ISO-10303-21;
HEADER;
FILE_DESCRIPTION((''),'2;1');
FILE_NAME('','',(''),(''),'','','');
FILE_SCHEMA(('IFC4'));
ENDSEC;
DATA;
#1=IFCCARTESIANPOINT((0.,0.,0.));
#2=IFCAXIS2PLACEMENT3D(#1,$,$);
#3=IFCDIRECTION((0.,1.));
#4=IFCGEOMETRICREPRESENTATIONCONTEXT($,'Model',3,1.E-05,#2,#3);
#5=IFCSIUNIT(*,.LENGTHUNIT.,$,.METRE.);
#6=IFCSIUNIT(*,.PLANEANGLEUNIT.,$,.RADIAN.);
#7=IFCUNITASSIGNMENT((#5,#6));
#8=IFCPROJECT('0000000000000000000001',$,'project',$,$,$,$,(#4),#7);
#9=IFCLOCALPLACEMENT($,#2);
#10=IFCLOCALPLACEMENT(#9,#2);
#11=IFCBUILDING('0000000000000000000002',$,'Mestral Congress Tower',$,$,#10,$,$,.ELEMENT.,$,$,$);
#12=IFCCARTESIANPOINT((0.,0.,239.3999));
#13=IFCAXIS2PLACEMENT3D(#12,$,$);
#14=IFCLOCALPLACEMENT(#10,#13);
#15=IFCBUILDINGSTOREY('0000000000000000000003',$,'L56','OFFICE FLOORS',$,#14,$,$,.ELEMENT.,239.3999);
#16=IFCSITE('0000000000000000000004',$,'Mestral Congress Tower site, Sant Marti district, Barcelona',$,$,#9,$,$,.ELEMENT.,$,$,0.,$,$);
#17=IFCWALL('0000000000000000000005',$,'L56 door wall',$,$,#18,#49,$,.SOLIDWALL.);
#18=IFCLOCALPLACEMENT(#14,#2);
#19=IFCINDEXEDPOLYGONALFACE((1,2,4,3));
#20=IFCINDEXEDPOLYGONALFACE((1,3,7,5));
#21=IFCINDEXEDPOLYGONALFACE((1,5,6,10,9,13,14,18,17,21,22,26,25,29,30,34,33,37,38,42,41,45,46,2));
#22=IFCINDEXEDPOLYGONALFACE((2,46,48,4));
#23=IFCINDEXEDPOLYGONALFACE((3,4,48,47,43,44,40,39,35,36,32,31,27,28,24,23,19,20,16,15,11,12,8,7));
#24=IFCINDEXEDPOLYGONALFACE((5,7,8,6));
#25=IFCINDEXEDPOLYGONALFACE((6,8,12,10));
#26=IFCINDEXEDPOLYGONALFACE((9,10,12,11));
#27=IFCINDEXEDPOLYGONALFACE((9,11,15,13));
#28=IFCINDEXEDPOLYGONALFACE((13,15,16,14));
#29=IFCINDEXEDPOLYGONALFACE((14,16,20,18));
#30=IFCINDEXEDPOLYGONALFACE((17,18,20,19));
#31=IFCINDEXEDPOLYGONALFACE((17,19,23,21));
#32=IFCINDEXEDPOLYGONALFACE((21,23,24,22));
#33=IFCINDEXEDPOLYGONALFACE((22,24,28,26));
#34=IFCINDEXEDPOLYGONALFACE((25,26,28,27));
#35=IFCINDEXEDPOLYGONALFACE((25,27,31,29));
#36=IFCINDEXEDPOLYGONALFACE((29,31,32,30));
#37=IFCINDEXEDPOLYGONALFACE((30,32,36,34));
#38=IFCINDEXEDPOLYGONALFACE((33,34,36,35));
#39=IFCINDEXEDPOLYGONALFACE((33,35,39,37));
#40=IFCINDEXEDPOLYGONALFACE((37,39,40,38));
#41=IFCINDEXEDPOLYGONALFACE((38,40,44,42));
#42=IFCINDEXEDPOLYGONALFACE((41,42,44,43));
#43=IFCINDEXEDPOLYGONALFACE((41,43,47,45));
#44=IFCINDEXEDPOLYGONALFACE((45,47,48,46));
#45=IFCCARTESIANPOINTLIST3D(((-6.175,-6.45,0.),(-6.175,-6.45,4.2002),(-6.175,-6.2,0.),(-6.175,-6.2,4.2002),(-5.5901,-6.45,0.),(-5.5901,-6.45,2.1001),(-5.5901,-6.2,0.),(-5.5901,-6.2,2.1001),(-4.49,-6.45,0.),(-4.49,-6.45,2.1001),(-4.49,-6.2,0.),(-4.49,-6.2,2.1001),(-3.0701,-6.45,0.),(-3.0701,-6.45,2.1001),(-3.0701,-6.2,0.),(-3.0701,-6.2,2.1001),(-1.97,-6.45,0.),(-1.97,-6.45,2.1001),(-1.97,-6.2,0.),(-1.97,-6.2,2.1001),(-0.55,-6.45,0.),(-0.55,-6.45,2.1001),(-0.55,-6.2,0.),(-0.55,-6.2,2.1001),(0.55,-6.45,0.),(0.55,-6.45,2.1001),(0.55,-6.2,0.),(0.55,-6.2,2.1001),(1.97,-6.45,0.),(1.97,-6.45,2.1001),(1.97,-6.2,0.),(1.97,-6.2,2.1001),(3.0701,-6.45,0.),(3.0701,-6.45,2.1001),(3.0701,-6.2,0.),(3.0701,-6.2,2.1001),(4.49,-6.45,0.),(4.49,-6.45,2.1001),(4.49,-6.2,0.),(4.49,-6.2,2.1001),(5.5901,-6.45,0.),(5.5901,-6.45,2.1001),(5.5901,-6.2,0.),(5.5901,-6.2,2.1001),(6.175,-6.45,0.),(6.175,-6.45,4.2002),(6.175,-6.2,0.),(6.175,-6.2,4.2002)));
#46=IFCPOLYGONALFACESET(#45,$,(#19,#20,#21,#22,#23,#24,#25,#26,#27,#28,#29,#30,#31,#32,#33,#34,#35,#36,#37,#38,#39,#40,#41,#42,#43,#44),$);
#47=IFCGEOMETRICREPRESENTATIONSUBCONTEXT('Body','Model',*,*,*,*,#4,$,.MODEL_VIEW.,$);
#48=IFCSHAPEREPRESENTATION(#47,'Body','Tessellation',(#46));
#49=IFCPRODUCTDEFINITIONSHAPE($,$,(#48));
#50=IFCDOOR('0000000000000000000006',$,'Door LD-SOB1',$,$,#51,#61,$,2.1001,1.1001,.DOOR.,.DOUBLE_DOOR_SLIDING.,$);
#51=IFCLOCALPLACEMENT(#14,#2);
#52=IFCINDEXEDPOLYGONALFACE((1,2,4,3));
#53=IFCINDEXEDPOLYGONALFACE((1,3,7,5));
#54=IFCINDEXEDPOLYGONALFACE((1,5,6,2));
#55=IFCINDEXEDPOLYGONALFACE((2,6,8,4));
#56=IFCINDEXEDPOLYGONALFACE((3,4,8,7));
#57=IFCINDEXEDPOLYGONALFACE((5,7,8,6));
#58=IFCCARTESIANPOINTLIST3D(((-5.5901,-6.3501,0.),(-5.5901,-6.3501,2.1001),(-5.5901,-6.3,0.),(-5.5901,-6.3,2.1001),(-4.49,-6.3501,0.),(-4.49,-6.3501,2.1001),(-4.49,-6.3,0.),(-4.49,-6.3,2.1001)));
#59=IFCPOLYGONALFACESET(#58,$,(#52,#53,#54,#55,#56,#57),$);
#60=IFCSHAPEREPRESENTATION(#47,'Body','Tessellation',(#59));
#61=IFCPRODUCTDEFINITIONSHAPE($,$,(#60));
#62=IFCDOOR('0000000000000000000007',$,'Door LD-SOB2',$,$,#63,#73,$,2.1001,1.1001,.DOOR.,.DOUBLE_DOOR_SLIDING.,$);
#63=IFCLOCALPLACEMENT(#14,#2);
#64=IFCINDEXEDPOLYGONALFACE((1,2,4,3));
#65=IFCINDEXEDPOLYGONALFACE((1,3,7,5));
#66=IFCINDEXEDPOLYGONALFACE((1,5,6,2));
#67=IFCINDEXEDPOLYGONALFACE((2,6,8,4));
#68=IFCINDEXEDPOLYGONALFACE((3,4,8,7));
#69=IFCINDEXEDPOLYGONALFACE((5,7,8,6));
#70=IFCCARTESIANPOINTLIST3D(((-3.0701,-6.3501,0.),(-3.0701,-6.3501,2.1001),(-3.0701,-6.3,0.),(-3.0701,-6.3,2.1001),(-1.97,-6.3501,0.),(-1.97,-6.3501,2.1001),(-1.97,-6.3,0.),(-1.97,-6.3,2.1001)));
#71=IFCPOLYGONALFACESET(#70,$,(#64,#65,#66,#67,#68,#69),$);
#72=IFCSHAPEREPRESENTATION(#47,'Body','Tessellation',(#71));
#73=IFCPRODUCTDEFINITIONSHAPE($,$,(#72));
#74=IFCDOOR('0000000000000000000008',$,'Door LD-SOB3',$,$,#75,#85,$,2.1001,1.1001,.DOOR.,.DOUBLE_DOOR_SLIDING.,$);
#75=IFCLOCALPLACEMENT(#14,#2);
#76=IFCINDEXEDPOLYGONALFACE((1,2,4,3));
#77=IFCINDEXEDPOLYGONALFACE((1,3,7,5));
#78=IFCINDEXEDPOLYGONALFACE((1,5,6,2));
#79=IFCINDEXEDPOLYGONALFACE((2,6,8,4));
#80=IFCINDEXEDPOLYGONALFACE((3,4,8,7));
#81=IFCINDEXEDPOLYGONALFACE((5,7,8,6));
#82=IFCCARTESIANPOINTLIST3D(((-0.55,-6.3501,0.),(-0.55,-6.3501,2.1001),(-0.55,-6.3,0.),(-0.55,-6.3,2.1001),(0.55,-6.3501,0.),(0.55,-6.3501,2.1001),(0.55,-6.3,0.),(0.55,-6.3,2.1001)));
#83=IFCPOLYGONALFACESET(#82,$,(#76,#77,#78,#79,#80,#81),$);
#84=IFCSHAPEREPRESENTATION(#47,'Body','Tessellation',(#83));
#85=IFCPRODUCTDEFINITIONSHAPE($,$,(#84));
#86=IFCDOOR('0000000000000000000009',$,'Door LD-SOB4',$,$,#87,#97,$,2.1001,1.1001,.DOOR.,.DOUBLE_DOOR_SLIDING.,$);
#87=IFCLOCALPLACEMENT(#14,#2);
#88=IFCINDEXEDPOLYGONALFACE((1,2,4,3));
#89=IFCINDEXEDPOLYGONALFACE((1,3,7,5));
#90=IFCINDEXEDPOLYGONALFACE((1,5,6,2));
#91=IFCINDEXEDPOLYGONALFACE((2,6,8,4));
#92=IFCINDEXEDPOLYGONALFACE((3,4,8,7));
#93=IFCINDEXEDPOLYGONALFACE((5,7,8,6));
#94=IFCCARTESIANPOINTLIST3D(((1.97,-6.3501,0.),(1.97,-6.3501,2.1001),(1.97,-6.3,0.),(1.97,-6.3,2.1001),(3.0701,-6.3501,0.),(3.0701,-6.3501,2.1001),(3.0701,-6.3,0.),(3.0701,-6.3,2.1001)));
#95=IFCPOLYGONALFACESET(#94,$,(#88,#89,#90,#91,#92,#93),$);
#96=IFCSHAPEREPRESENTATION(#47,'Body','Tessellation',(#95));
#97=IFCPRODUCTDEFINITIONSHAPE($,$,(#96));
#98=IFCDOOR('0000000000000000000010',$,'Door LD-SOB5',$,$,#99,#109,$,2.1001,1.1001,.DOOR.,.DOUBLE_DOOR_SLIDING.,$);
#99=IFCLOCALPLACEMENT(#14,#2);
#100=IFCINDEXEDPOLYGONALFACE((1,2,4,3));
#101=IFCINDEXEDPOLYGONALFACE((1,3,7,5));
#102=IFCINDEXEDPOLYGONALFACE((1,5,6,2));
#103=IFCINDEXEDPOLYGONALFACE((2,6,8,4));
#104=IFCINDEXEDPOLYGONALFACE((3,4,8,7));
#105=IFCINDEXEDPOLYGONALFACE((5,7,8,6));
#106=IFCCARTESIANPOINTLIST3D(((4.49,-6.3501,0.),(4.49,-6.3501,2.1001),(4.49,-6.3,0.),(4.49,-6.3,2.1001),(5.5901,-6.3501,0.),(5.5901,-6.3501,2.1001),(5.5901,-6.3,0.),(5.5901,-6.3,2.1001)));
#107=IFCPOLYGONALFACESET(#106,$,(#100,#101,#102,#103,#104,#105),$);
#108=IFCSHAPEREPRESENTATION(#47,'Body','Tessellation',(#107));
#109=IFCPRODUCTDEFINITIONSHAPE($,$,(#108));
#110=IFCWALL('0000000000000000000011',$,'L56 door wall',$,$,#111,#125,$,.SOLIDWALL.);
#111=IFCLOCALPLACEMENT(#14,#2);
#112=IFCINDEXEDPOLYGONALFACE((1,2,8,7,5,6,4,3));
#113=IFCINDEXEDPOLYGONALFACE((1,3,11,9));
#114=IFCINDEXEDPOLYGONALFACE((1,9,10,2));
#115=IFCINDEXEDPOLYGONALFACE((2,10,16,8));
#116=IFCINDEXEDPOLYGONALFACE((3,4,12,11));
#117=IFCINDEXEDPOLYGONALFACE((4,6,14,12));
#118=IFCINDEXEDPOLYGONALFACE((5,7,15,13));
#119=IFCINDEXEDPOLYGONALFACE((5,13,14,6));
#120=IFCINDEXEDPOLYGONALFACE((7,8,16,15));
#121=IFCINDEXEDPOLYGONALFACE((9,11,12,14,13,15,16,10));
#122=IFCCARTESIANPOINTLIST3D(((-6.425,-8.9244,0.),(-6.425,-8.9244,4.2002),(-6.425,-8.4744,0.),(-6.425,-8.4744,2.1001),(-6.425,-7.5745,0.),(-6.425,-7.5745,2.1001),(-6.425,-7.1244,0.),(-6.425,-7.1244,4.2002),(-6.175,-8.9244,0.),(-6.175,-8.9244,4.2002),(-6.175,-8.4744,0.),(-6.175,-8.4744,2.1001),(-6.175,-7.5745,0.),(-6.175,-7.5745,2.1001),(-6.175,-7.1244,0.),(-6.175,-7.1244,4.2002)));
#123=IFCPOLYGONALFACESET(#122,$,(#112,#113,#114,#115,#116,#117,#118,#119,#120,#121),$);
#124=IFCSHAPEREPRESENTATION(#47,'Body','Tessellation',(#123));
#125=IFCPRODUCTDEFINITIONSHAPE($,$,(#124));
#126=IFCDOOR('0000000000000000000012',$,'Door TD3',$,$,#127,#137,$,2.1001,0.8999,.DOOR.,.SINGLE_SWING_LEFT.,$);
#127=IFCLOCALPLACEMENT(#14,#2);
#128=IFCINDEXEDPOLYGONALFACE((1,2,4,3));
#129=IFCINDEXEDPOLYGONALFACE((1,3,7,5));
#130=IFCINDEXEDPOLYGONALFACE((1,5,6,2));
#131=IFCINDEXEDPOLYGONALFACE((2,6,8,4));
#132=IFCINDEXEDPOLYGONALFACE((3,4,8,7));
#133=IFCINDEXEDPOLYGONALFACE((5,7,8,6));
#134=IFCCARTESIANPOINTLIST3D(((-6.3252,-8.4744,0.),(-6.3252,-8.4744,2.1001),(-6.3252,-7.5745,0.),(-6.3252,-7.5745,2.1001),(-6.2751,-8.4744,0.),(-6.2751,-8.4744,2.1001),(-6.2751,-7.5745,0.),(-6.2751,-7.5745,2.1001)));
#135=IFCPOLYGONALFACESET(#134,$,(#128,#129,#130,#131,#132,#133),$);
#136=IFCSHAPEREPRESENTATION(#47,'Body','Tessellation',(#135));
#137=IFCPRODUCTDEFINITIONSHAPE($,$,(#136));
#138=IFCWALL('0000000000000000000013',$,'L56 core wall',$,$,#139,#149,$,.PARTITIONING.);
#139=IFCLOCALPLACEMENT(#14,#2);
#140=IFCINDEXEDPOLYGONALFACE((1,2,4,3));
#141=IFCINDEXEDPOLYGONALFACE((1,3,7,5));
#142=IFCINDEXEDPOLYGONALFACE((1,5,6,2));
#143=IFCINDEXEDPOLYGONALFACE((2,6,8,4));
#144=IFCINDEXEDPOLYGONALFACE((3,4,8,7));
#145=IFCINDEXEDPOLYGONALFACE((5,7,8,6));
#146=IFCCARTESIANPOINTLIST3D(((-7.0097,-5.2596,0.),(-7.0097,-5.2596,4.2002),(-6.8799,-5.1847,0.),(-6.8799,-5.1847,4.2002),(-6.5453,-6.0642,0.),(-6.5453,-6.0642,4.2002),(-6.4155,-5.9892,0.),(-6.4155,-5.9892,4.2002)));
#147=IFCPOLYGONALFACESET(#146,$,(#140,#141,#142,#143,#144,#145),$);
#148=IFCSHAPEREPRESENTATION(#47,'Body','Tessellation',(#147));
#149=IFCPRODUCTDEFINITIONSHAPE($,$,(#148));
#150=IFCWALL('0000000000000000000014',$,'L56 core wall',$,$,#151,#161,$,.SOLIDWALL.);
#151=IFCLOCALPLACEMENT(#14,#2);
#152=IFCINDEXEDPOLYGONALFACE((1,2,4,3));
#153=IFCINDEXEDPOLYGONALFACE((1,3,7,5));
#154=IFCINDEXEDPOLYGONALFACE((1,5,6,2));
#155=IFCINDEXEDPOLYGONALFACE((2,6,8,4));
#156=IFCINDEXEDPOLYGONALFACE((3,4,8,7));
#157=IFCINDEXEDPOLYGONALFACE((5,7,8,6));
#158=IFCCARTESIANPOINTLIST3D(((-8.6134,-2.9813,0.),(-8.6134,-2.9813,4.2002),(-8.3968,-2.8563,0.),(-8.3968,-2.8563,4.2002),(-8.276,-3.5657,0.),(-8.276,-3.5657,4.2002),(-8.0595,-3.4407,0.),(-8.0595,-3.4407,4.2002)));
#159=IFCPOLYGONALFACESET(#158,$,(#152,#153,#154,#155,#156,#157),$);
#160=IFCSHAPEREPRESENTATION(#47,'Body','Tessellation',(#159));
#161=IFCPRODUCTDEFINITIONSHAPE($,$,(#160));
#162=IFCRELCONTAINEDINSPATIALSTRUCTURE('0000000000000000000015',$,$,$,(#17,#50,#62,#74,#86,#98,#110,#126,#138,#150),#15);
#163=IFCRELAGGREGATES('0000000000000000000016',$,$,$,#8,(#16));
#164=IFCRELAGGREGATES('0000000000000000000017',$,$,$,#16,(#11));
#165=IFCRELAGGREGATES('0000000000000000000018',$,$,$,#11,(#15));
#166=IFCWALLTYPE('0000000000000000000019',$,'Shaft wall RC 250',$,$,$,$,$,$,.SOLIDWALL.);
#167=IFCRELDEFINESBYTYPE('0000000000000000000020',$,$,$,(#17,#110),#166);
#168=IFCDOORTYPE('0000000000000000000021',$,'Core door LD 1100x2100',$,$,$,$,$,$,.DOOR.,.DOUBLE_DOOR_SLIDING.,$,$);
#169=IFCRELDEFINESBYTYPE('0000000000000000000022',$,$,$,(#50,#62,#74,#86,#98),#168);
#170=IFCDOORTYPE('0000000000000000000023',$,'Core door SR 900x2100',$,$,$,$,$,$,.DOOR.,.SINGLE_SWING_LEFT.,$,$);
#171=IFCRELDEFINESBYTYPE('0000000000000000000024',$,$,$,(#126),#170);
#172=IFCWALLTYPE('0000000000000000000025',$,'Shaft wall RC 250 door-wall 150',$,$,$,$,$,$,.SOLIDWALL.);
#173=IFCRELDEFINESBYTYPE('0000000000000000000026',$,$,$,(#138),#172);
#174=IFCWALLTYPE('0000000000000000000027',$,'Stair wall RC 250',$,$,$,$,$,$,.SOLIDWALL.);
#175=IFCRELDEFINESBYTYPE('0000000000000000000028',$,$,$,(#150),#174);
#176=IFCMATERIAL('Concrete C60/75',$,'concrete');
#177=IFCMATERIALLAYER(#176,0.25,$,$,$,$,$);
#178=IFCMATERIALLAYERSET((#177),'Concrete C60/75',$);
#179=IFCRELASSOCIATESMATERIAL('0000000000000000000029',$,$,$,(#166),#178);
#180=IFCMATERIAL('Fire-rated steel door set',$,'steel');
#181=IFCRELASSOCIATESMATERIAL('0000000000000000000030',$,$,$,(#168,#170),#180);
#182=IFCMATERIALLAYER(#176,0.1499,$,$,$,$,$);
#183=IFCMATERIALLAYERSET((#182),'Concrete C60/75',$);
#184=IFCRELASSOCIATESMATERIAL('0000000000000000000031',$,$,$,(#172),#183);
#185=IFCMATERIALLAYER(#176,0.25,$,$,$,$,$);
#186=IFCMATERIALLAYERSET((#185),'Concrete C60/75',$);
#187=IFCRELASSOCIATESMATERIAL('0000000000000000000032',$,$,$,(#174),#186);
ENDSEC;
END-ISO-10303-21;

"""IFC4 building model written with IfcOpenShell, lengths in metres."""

from ifc_helpers import new_model, si_unit, direction, frame, frame_2d, origin, place, context, subcontext, project, spatial, rectangle, extrude, material, layer, layer_set, type_object, element, fill, save


model = new_model("IFC4")

# Units and contexts
model_context = context("Model", 3, precision=1e-05, world=origin(), true_north=direction((0.0, 1.0)))
body_context = subcontext(model_context, "Body", "Model", "MODEL_VIEW")
ifc_project = project(units=[si_unit("LENGTHUNIT", "METRE"), si_unit("PLANEANGLEUNIT", "RADIAN")], contexts=[model_context])

# Site, building, storey
site_placement = place(None, origin())
site = spatial("IfcSite", under=ifc_project, at=site_placement, Name="Mestral Congress Tower site, Sant Marti district, Barcelona", CompositionType="ELEMENT", RefElevation=0.0)
building_placement = place(site_placement, origin())
building = spatial("IfcBuilding", under=site, at=building_placement, Name="Mestral Congress Tower", CompositionType="ELEMENT")
storey_placement = place(building_placement, frame((0.0, 0.0, 239.3999)))
storey = spatial("IfcBuildingStorey", under=building, at=storey_placement, Name="L56", Description="OFFICE FLOORS", CompositionType="ELEMENT", Elevation=239.3999)

# Shared definitions
ifc_material_1 = material(Name="Fire-rated steel door set", Category="steel")

# Shared definitions
ifc_material_2 = material(Name="Concrete C60/75", Category="concrete")
ifc_layer_1 = layer(ifc_material_2, 0.25)
ifc_layer_set_1 = layer_set([ifc_layer_1], Name="Concrete C60/75")
wall_type_1 = type_object("IfcWallType", Name="Shaft wall RC 250", PredefinedType="SOLIDWALL", material=ifc_layer_set_1)

# Wall, openings, doors
wall_1_placement = place(storey_placement, frame((-6.175, -6.325, 0.0), z_axis=(0.0, 0.0, 1.0), x_axis=(1.0, 0.0, 0.0)))
wall_1 = element("IfcWall", 1, at=wall_1_placement, inside=storey, type_object=wall_type_1, Name="L56 door wall", PredefinedType="SOLIDWALL", context=body_context, shape_type="SweptSolid", body=[
    extrude(rectangle(XDim=12.3501, YDim=0.25, at=frame_2d((6.175, 0.0))), origin(), (0.0, 0.0, 1.0), 4.2002),
])
opening_1_placement = place(wall_1_placement, frame((0.585, 0.0, 0.0)))
opening_1 = element("IfcOpeningElement", 2, at=opening_1_placement, cuts=wall_1, PredefinedType="OPENING", context=body_context, shape_type="SweptSolid", body=[
    extrude(rectangle(XDim=1.1001, YDim=2.1001, at=frame_2d((0.55, 1.05))), frame((0.0, 0.135, 0.0), z_axis=(0.0, -1.0, 0.0), x_axis=(1.0, 0.0, 0.0)), (0.0, 0.0, 1.0), 0.27),
])
opening_2_placement = place(wall_1_placement, frame((3.105, 0.0, 0.0)))
opening_2 = element("IfcOpeningElement", 3, at=opening_2_placement, cuts=wall_1, PredefinedType="OPENING", context=body_context, shape_type="SweptSolid", body=[
    extrude(rectangle(XDim=1.1001, YDim=2.1001, at=frame_2d((0.55, 1.05))), frame((0.0, 0.135, 0.0), z_axis=(0.0, -1.0, 0.0), x_axis=(1.0, 0.0, 0.0)), (0.0, 0.0, 1.0), 0.27),
])
opening_3_placement = place(wall_1_placement, frame((5.625, 0.0, 0.0)))
opening_3 = element("IfcOpeningElement", 4, at=opening_3_placement, cuts=wall_1, PredefinedType="OPENING", context=body_context, shape_type="SweptSolid", body=[
    extrude(rectangle(XDim=1.1001, YDim=2.1001, at=frame_2d((0.55, 1.05))), frame((0.0, 0.135, 0.0), z_axis=(0.0, -1.0, 0.0), x_axis=(1.0, 0.0, 0.0)), (0.0, 0.0, 1.0), 0.27),
])
opening_4_placement = place(wall_1_placement, frame((8.145, 0.0, 0.0)))
opening_4 = element("IfcOpeningElement", 5, at=opening_4_placement, cuts=wall_1, PredefinedType="OPENING", context=body_context, shape_type="SweptSolid", body=[
    extrude(rectangle(XDim=1.1001, YDim=2.1001, at=frame_2d((0.55, 1.05))), frame((0.0, 0.135, 0.0), z_axis=(0.0, -1.0, 0.0), x_axis=(1.0, 0.0, 0.0)), (0.0, 0.0, 1.0), 0.27),
])
opening_5_placement = place(wall_1_placement, frame((10.665, 0.0, 0.0)))
opening_5 = element("IfcOpeningElement", 6, at=opening_5_placement, cuts=wall_1, PredefinedType="OPENING", context=body_context, shape_type="SweptSolid", body=[
    extrude(rectangle(XDim=1.1001, YDim=2.1001, at=frame_2d((0.55, 1.05))), frame((0.0, 0.135, 0.0), z_axis=(0.0, -1.0, 0.0), x_axis=(1.0, 0.0, 0.0)), (0.0, 0.0, 1.0), 0.27),
])
door_type_1 = type_object("IfcDoorType", Name="Core door LD 1100x2100", OperationType="DOUBLE_DOOR_SLIDING", PredefinedType="DOOR", material=ifc_material_1)
door_1_placement = place(opening_1_placement, origin())
door_1 = element("IfcDoor", 7, at=door_1_placement, inside=storey, type_object=door_type_1, Name="Door LD-SOB1", OperationType="DOUBLE_DOOR_SLIDING", OverallHeight=2.1001, OverallWidth=1.1001, PredefinedType="DOOR", context=body_context, shape_type="SweptSolid", body=[
    extrude(rectangle(XDim=1.1001, YDim=2.1001, at=frame_2d((0.55, 1.05))), frame((0.0, 0.0249, 0.0), z_axis=(0.0, -1.0, 0.0), x_axis=(1.0, 0.0, 0.0)), (0.0, 0.0, 1.0), 0.05),
])
fill(opening_1, door_1)
door_2_placement = place(opening_2_placement, origin())
door_2 = element("IfcDoor", 8, at=door_2_placement, inside=storey, type_object=door_type_1, Name="Door LD-SOB2", OperationType="DOUBLE_DOOR_SLIDING", OverallHeight=2.1001, OverallWidth=1.1001, PredefinedType="DOOR", context=body_context, shape_type="SweptSolid", body=[
    extrude(rectangle(XDim=1.1001, YDim=2.1001, at=frame_2d((0.55, 1.05))), frame((0.0, 0.0249, 0.0), z_axis=(0.0, -1.0, 0.0), x_axis=(1.0, 0.0, 0.0)), (0.0, 0.0, 1.0), 0.05),
])
fill(opening_2, door_2)
door_3_placement = place(opening_3_placement, origin())
door_3 = element("IfcDoor", 9, at=door_3_placement, inside=storey, type_object=door_type_1, Name="Door LD-SOB3", OperationType="DOUBLE_DOOR_SLIDING", OverallHeight=2.1001, OverallWidth=1.1001, PredefinedType="DOOR", context=body_context, shape_type="SweptSolid", body=[
    extrude(rectangle(XDim=1.1001, YDim=2.1001, at=frame_2d((0.55, 1.05))), frame((0.0, 0.0249, 0.0), z_axis=(0.0, -1.0, 0.0), x_axis=(1.0, 0.0, 0.0)), (0.0, 0.0, 1.0), 0.05),
])
fill(opening_3, door_3)
door_4_placement = place(opening_4_placement, origin())
door_4 = element("IfcDoor", 10, at=door_4_placement, inside=storey, type_object=door_type_1, Name="Door LD-SOB4", OperationType="DOUBLE_DOOR_SLIDING", OverallHeight=2.1001, OverallWidth=1.1001, PredefinedType="DOOR", context=body_context, shape_type="SweptSolid", body=[
    extrude(rectangle(XDim=1.1001, YDim=2.1001, at=frame_2d((0.55, 1.05))), frame((0.0, 0.0249, 0.0), z_axis=(0.0, -1.0, 0.0), x_axis=(1.0, 0.0, 0.0)), (0.0, 0.0, 1.0), 0.05),
])
fill(opening_4, door_4)
door_5_placement = place(opening_5_placement, origin())
door_5 = element("IfcDoor", 11, at=door_5_placement, inside=storey, type_object=door_type_1, Name="Door LD-SOB5", OperationType="DOUBLE_DOOR_SLIDING", OverallHeight=2.1001, OverallWidth=1.1001, PredefinedType="DOOR", context=body_context, shape_type="SweptSolid", body=[
    extrude(rectangle(XDim=1.1001, YDim=2.1001, at=frame_2d((0.55, 1.05))), frame((0.0, 0.0249, 0.0), z_axis=(0.0, -1.0, 0.0), x_axis=(1.0, 0.0, 0.0)), (0.0, 0.0, 1.0), 0.05),
])
fill(opening_5, door_5)

# Wall, opening, door
wall_2_placement = place(storey_placement, frame((-6.3, -7.1245, 0.0), z_axis=(0.0, 0.0, 1.0), x_axis=(0.0, -1.0, 0.0)))
wall_2 = element("IfcWall", 12, at=wall_2_placement, inside=storey, type_object=wall_type_1, Name="L56 door wall", PredefinedType="SOLIDWALL", context=body_context, shape_type="SweptSolid", body=[
    extrude(rectangle(XDim=1.8, YDim=0.25, at=frame_2d((0.8999, 0.0))), origin(), (0.0, 0.0, 1.0), 4.2002),
])
opening_6_placement = place(wall_2_placement, frame((0.45, 0.0, 0.0)))
opening_6 = element("IfcOpeningElement", 13, at=opening_6_placement, cuts=wall_2, PredefinedType="OPENING", context=body_context, shape_type="SweptSolid", body=[
    extrude(rectangle(XDim=0.8999, YDim=2.1001, at=frame_2d((0.45, 1.05))), frame((0.0, 0.135, 0.0), z_axis=(0.0, -1.0, 0.0), x_axis=(1.0, 0.0, 0.0)), (0.0, 0.0, 1.0), 0.27),
])
door_type_2 = type_object("IfcDoorType", Name="Core door SR 900x2100", OperationType="SINGLE_SWING_LEFT", PredefinedType="DOOR", material=ifc_material_1)
door_6_placement = place(opening_6_placement, origin())
door_6 = element("IfcDoor", 14, at=door_6_placement, inside=storey, type_object=door_type_2, Name="Door TD3", OperationType="SINGLE_SWING_LEFT", OverallHeight=2.1001, OverallWidth=0.8999, PredefinedType="DOOR", context=body_context, shape_type="SweptSolid", body=[
    extrude(rectangle(XDim=0.8999, YDim=2.1001, at=frame_2d((0.45, 1.05))), frame((0.0, 0.0249, 0.0), z_axis=(0.0, -1.0, 0.0), x_axis=(1.0, 0.0, 0.0)), (0.0, 0.0, 1.0), 0.05),
])
fill(opening_6, door_6)

# Walls
ifc_layer_2 = layer(ifc_material_2, 0.1499)
ifc_layer_set_2 = layer_set([ifc_layer_2], Name="Concrete C60/75")
wall_type_2 = type_object("IfcWallType", Name="Shaft wall RC 250 door-wall 150", PredefinedType="SOLIDWALL", material=ifc_layer_set_2)
wall_3_placement = place(storey_placement, frame((-6.4805, -6.0266, 0.0), z_axis=(0.0, 0.0, 1.0), x_axis=(-0.499927, 0.866067, 0.0)))
element("IfcWall", 15, at=wall_3_placement, inside=storey, type_object=wall_type_2, Name="L56 core wall", PredefinedType="PARTITIONING", context=body_context, shape_type="SweptSolid", body=[
    extrude(rectangle(XDim=0.929, YDim=0.1499, at=frame_2d((0.4644, 0.0))), origin(), (0.0, 0.0, 1.0), 4.2002),
])
ifc_layer_3 = layer(ifc_material_2, 0.25)
ifc_layer_set_3 = layer_set([ifc_layer_3], Name="Concrete C60/75")
wall_type_3 = type_object("IfcWallType", Name="Stair wall RC 250", PredefinedType="SOLIDWALL", material=ifc_layer_set_3)
wall_4_placement = place(storey_placement, frame((-8.1677, -3.5032, 0.0), z_axis=(0.0, 0.0, 1.0), x_axis=(-0.499952, 0.866053, 0.0)))
element("IfcWall", 16, at=wall_4_placement, inside=storey, type_object=wall_type_3, Name="L56 core wall", PredefinedType="SOLIDWALL", context=body_context, shape_type="SweptSolid", body=[
    extrude(rectangle(XDim=0.6748, YDim=0.25, at=frame_2d((0.3374, 0.0))), origin(), (0.0, 0.0, 1.0), 4.2002),
])

save(model, "model.ifc")
